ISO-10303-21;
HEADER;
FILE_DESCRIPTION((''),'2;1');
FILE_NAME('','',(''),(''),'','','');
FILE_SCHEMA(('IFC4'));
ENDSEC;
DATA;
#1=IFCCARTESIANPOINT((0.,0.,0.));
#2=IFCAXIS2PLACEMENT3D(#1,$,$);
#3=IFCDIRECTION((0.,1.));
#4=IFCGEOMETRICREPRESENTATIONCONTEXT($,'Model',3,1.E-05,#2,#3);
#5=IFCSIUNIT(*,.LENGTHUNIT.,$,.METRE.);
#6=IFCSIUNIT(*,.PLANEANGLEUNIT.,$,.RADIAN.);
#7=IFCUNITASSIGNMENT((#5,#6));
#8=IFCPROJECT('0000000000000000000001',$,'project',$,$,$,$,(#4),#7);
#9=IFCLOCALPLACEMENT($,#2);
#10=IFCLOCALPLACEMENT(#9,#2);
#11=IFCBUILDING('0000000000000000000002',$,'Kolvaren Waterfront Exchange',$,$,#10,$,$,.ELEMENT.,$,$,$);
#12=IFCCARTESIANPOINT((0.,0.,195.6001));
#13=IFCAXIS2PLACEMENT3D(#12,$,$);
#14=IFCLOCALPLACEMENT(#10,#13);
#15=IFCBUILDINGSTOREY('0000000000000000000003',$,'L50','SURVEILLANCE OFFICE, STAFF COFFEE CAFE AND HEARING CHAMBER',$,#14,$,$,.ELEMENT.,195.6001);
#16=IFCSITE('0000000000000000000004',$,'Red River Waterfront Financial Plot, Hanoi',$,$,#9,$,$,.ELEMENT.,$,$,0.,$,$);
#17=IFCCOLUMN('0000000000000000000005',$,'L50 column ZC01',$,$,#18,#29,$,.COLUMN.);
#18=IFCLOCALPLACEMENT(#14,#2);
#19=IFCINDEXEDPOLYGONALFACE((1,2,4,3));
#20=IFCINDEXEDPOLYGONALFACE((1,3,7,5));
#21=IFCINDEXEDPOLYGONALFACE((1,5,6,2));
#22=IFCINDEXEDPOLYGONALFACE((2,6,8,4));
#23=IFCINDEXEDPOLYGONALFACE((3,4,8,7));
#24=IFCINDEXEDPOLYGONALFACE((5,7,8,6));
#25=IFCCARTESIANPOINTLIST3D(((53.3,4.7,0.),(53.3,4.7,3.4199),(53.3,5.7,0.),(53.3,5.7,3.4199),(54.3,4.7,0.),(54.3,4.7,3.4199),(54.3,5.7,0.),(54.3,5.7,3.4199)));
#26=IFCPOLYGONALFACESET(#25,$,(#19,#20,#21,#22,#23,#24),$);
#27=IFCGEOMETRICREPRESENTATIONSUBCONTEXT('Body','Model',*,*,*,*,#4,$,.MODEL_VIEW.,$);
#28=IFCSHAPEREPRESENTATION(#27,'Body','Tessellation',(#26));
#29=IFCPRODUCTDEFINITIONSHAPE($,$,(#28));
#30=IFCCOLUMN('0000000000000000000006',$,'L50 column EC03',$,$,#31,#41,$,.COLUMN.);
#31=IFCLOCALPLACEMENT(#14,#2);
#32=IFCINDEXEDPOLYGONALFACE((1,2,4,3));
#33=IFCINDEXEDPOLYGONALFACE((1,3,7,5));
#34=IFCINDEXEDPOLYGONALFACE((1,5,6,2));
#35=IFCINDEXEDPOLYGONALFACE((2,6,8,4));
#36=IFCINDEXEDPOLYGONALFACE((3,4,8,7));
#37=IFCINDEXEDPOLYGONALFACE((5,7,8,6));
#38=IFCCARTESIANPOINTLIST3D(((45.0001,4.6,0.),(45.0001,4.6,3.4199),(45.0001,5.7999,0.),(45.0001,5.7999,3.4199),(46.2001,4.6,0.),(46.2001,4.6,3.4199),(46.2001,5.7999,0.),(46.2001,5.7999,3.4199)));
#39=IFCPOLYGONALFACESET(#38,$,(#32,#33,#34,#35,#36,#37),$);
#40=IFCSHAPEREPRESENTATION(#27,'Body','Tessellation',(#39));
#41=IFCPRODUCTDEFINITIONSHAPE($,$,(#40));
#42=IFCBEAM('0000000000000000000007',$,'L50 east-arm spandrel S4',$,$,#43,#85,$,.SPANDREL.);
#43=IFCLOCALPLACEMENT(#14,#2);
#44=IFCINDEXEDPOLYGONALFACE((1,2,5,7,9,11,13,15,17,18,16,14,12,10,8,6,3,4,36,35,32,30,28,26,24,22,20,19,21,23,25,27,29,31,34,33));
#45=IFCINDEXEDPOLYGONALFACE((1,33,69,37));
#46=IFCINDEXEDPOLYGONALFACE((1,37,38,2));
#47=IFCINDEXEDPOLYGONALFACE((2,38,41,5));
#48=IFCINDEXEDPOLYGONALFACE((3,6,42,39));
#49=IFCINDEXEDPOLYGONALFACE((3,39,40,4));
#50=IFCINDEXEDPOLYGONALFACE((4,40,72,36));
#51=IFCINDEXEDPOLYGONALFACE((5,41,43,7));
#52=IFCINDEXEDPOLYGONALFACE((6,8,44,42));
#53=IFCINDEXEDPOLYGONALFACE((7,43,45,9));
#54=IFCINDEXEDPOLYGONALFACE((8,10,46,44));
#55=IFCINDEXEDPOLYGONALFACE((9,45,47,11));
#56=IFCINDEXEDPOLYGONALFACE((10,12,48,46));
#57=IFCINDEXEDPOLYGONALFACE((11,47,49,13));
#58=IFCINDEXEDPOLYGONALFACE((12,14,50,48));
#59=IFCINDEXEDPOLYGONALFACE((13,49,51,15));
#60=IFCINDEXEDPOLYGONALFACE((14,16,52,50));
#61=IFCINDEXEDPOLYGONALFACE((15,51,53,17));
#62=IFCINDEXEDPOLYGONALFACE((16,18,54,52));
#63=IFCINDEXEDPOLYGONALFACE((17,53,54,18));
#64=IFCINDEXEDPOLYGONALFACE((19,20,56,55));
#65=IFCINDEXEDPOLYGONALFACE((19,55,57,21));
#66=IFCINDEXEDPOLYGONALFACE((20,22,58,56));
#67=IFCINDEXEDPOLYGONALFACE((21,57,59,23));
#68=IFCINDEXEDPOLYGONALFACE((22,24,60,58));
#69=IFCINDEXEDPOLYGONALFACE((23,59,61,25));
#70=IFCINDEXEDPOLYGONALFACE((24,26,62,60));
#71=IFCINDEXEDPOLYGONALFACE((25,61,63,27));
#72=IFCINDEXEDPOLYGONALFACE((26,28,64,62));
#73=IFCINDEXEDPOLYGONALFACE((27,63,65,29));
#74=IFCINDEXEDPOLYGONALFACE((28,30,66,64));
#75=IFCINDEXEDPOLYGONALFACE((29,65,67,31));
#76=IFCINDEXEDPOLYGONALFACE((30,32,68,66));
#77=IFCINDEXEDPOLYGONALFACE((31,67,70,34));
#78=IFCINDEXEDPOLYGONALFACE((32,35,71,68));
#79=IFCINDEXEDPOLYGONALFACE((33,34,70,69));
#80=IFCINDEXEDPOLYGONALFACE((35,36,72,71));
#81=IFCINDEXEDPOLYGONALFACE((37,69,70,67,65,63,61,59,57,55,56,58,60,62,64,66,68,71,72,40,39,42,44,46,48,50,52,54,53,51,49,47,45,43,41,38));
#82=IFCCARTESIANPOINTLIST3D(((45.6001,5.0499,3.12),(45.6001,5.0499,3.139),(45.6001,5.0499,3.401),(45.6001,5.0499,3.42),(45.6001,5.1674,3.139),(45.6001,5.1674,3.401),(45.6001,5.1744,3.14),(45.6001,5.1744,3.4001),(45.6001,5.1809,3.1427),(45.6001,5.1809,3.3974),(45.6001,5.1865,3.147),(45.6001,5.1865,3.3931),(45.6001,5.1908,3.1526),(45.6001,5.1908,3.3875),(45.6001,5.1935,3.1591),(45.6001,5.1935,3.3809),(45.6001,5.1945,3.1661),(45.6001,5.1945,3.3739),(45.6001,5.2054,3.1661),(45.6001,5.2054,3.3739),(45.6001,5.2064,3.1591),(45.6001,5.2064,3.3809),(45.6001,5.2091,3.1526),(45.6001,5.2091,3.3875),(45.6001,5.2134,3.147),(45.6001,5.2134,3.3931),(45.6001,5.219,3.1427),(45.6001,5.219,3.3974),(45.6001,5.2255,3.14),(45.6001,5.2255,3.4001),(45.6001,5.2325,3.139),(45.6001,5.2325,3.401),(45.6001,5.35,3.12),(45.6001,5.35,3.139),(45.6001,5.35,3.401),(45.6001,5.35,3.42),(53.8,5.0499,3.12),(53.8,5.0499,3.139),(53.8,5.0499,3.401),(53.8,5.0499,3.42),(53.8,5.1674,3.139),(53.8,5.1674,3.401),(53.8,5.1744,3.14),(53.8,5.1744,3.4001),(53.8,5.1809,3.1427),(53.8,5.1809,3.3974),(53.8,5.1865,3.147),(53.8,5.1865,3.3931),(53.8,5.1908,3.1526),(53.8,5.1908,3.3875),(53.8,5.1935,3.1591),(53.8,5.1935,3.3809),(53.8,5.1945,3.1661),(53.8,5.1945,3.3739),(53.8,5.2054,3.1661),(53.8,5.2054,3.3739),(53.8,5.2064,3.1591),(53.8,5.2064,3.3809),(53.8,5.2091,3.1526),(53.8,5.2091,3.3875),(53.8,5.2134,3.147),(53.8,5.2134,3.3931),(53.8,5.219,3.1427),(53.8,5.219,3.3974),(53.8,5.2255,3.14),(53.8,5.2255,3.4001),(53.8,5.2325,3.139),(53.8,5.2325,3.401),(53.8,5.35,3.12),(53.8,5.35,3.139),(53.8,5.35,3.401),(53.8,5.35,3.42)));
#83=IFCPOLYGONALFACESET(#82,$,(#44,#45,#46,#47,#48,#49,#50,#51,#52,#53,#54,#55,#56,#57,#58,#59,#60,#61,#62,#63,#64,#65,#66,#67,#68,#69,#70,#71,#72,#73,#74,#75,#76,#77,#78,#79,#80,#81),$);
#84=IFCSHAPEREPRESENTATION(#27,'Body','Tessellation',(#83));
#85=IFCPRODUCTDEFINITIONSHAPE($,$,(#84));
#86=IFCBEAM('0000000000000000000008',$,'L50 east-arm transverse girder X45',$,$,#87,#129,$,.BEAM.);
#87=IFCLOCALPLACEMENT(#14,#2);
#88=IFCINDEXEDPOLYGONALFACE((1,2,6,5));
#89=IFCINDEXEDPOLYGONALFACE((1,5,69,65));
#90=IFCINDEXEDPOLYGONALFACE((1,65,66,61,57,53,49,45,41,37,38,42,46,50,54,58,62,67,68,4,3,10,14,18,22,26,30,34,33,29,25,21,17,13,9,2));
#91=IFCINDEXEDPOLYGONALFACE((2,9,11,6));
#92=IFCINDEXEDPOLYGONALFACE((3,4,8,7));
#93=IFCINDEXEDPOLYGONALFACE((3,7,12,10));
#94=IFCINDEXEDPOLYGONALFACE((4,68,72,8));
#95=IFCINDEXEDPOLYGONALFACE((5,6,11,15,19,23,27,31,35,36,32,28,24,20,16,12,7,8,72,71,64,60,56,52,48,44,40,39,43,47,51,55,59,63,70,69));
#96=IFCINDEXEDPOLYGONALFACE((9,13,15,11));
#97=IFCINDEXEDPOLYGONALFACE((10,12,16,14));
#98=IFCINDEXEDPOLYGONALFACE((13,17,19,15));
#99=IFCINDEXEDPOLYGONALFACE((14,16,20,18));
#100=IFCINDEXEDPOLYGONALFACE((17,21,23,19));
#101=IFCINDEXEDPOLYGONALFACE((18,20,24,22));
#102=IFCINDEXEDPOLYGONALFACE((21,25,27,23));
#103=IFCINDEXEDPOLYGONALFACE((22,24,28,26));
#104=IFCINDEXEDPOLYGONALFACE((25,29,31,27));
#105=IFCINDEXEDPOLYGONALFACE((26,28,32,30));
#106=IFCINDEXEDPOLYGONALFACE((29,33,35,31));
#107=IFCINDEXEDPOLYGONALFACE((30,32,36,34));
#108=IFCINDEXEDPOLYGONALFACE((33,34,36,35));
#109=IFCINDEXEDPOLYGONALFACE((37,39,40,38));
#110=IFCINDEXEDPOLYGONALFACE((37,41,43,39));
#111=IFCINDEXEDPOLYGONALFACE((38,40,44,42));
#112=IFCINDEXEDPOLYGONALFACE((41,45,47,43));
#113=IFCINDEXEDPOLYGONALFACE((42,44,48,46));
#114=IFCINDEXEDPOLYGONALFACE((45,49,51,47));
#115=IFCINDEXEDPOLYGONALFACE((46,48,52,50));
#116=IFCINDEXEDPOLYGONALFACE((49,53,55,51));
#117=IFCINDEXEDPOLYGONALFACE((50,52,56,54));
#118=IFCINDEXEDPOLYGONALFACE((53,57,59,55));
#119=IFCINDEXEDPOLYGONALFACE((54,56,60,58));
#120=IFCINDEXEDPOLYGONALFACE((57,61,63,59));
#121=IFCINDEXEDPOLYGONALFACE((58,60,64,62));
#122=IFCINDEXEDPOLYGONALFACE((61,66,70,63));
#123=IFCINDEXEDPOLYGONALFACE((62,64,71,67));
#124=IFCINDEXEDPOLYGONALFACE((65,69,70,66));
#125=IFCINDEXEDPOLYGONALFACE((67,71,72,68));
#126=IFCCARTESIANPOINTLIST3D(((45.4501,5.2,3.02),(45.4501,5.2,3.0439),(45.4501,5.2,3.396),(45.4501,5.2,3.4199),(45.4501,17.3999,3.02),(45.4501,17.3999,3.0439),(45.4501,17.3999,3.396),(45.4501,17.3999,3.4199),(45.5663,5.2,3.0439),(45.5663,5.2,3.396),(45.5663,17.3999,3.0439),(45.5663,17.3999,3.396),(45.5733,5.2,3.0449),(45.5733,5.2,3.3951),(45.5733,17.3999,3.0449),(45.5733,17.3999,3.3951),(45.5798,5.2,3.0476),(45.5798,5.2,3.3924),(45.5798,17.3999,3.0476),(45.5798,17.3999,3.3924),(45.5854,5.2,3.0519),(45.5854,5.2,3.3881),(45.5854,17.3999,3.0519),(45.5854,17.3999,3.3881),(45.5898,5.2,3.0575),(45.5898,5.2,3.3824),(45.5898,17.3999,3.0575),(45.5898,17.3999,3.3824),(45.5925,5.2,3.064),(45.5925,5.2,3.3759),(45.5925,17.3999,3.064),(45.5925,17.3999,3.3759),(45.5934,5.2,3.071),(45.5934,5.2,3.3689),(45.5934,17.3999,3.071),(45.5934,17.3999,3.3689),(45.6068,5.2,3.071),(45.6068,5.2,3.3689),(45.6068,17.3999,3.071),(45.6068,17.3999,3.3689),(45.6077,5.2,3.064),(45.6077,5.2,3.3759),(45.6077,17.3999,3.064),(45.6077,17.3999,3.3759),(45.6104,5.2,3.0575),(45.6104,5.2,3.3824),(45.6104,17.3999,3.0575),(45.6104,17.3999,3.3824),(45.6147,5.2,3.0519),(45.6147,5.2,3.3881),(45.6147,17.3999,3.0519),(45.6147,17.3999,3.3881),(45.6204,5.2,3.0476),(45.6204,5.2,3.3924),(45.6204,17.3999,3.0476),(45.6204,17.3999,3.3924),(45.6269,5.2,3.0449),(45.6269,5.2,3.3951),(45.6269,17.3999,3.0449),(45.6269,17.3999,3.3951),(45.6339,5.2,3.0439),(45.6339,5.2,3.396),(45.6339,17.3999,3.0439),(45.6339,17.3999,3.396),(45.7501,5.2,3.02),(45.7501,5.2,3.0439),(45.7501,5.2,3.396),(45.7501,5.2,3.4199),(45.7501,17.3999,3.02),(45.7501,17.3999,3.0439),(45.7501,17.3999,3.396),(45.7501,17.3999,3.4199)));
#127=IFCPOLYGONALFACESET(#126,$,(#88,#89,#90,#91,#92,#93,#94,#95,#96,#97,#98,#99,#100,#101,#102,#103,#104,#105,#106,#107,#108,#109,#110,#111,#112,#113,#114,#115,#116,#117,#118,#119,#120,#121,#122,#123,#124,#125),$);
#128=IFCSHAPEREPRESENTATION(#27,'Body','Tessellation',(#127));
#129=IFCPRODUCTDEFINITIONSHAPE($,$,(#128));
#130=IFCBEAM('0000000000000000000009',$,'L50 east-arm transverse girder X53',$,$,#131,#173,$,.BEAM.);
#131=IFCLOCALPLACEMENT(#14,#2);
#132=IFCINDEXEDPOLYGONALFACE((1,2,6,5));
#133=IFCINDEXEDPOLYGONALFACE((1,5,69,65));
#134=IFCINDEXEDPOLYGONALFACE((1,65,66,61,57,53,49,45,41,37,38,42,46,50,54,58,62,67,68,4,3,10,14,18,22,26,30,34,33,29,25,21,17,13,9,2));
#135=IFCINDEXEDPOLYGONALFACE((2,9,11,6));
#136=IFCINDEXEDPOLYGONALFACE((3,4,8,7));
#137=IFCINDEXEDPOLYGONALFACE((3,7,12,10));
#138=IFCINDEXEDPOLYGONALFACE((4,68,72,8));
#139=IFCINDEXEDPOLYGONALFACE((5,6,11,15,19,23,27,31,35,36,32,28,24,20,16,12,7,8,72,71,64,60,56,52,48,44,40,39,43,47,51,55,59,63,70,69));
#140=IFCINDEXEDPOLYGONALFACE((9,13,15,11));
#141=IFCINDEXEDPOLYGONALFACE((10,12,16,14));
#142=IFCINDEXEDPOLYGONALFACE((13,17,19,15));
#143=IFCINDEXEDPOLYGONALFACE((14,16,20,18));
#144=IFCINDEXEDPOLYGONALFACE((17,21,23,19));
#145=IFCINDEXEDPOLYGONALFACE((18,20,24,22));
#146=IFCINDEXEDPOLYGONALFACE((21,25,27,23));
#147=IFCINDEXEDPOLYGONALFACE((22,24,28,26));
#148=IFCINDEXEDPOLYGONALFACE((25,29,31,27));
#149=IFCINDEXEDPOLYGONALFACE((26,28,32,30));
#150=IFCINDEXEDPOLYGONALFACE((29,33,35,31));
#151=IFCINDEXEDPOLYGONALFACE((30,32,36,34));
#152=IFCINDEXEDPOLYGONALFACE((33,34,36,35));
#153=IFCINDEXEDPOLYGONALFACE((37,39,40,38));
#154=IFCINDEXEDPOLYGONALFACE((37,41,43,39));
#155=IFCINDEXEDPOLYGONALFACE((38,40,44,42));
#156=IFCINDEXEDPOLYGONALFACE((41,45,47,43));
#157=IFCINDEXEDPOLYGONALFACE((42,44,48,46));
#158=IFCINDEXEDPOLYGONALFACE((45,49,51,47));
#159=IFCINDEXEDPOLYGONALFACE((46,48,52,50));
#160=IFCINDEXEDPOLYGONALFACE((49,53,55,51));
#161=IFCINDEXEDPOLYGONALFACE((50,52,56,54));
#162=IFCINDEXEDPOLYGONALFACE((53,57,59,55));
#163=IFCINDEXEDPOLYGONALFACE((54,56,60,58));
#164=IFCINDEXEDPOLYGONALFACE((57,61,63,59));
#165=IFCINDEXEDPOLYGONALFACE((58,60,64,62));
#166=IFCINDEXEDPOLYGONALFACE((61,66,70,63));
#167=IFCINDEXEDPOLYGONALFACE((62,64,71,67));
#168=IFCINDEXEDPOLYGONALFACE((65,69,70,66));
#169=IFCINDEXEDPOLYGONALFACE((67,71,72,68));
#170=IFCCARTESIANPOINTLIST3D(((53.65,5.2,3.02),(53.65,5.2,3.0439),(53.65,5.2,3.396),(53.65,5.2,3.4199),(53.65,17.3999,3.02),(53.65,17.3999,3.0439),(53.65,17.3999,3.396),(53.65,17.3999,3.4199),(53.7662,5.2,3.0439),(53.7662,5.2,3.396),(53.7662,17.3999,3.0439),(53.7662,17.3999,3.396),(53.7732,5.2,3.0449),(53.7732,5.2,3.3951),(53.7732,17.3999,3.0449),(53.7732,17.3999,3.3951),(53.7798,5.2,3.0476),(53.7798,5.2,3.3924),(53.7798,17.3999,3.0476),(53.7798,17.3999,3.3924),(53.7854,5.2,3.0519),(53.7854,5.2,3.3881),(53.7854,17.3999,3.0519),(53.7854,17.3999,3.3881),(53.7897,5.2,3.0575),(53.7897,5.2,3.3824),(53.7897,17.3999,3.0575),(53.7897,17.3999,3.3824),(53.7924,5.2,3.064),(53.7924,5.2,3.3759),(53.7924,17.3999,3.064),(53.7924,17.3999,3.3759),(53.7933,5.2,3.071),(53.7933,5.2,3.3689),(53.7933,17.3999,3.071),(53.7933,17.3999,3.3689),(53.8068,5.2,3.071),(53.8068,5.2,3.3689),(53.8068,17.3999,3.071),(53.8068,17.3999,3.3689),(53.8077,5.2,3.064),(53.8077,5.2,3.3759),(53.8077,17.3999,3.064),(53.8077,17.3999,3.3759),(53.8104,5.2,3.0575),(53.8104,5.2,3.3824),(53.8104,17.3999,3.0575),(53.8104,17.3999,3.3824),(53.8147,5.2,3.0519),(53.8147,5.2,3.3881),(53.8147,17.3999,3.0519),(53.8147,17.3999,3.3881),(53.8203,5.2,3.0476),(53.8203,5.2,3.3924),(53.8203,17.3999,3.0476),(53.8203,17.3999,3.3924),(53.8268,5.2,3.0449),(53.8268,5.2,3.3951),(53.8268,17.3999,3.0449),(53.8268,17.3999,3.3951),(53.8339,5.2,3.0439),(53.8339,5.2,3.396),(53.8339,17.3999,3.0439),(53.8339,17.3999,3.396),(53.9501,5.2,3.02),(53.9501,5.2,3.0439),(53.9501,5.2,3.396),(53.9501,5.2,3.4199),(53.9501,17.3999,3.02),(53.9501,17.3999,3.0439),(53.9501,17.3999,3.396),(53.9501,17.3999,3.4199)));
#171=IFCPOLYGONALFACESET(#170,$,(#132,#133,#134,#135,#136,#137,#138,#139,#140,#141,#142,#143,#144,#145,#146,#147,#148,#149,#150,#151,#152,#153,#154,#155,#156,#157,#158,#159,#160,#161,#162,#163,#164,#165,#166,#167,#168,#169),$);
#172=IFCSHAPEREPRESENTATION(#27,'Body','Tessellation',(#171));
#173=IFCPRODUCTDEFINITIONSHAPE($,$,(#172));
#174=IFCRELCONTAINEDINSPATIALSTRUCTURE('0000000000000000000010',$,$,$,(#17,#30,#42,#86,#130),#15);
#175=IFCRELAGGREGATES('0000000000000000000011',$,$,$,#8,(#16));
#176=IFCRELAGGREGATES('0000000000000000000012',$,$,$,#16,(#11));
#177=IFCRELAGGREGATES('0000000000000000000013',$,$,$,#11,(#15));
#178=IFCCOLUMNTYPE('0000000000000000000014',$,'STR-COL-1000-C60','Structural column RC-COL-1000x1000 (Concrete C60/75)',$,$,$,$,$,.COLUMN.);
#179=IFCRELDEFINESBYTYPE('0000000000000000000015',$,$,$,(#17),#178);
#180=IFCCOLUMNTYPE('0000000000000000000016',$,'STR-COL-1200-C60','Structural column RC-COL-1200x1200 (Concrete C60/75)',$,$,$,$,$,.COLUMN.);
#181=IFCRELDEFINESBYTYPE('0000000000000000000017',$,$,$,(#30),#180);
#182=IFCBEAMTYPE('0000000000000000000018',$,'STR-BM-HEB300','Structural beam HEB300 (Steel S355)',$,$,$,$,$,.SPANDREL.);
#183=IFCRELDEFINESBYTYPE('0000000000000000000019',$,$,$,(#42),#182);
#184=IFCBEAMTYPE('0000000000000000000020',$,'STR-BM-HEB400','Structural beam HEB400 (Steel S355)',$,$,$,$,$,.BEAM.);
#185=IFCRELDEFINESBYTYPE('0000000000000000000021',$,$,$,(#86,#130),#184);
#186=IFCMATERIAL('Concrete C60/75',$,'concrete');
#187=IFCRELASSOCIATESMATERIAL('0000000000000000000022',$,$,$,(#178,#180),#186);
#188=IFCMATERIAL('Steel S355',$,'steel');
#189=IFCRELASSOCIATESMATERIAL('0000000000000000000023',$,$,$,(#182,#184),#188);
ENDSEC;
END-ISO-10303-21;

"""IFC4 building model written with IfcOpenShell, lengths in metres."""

from ifc_helpers import new_model, si_unit, direction, frame, origin, origin_2d, place, context, subcontext, project, spatial, rectangle, i_section, extrude, material, material_profile, profile_set, type_object, element, save


model = new_model("IFC4")

# Units and contexts
model_context = context("Model", 3, precision=1e-05, world=origin(), true_north=direction((0.0, 1.0)))
body_context = subcontext(model_context, "Body", "Model", "MODEL_VIEW")
ifc_project = project(units=[si_unit("LENGTHUNIT", "METRE"), si_unit("PLANEANGLEUNIT", "RADIAN")], contexts=[model_context])

# Site, building, storey
site_placement = place(None, origin())
site = spatial("IfcSite", under=ifc_project, at=site_placement, Name="Red River Waterfront Financial Plot, Hanoi", CompositionType="ELEMENT", RefElevation=0.0)
building_placement = place(site_placement, origin())
building = spatial("IfcBuilding", under=site, at=building_placement, Name="Kolvaren Waterfront Exchange", CompositionType="ELEMENT")
storey_placement = place(building_placement, frame((0.0, 0.0, 195.6001)))
storey = spatial("IfcBuildingStorey", under=building, at=storey_placement, Name="L50", Description="SURVEILLANCE OFFICE, STAFF COFFEE CAFE AND HEARING CHAMBER", CompositionType="ELEMENT", Elevation=195.6001)

# Columns
ifc_material_1 = material(Name="Concrete C60/75", Category="concrete")
ifc_material_profile_1 = material_profile(ifc_material_1, rectangle(XDim=1.0, YDim=1.0, at=origin_2d()), Name="RC-COL-1000x1000")
ifc_profile_set_1 = profile_set([ifc_material_profile_1], Name="Concrete C60/75")
column_type_1 = type_object("IfcColumnType", Name="STR-COL-1000-C60", Description="Structural column RC-COL-1000x1000 (Concrete C60/75)", PredefinedType="COLUMN", material=ifc_profile_set_1)
column_1_placement = place(storey_placement, frame((53.8, 5.2, 0.0), z_axis=(0.0, 0.0, 1.0), x_axis=(1.0, 0.0, 0.0)))
element("IfcColumn", 1, at=column_1_placement, inside=storey, type_object=column_type_1, Name="L50 column ZC01", PredefinedType="COLUMN", context=body_context, shape_type="SweptSolid", body=[
    extrude(rectangle(XDim=1.0, YDim=1.0, at=origin_2d()), origin(), (0.0, 0.0, 1.0), 3.4199),
])
ifc_material_profile_2 = material_profile(ifc_material_1, rectangle(XDim=1.2, YDim=1.2, at=origin_2d()), Name="RC-COL-1200x1200")
ifc_profile_set_2 = profile_set([ifc_material_profile_2], Name="Concrete C60/75")
column_type_2 = type_object("IfcColumnType", Name="STR-COL-1200-C60", Description="Structural column RC-COL-1200x1200 (Concrete C60/75)", PredefinedType="COLUMN", material=ifc_profile_set_2)
column_2_placement = place(storey_placement, frame((45.6001, 5.2, 0.0), z_axis=(0.0, 0.0, 1.0), x_axis=(1.0, 0.0, 0.0)))
element("IfcColumn", 2, at=column_2_placement, inside=storey, type_object=column_type_2, Name="L50 column EC03", PredefinedType="COLUMN", context=body_context, shape_type="SweptSolid", body=[
    extrude(rectangle(XDim=1.2, YDim=1.2, at=origin_2d()), origin(), (0.0, 0.0, 1.0), 3.4199),
])

# Beams
ifc_material_2 = material(Name="Steel S355", Category="steel")
ifc_material_profile_3 = material_profile(ifc_material_2, i_section(OverallWidth=0.3, OverallDepth=0.3, WebThickness=0.011, FlangeThickness=0.019, FilletRadius=0.0271, at=origin_2d()), Name="HEB300")
ifc_profile_set_3 = profile_set([ifc_material_profile_3], Name="Steel S355")
beam_type_1 = type_object("IfcBeamType", Name="STR-BM-HEB300", Description="Structural beam HEB300 (Steel S355)", PredefinedType="SPANDREL", material=ifc_profile_set_3)
beam_1_placement = place(storey_placement, frame((45.6001, 5.2, 3.27), z_axis=(1.0, 0.0, 0.0), x_axis=(0.0, 1.0, 0.0)))
element("IfcBeam", 3, at=beam_1_placement, inside=storey, type_object=beam_type_1, Name="L50 east-arm spandrel S4", PredefinedType="SPANDREL", context=body_context, shape_type="SweptSolid", body=[
    extrude(i_section(OverallWidth=0.3, OverallDepth=0.3, WebThickness=0.011, FlangeThickness=0.019, FilletRadius=0.0271, at=origin_2d()), origin(), (0.0, 0.0, 1.0), 8.2),
])
ifc_material_profile_4 = material_profile(ifc_material_2, i_section(OverallWidth=0.3, OverallDepth=0.3999, WebThickness=0.0134, FlangeThickness=0.0239, FilletRadius=0.0271, at=origin_2d()), Name="HEB400")
ifc_profile_set_4 = profile_set([ifc_material_profile_4], Name="Steel S355")
beam_type_2 = type_object("IfcBeamType", Name="STR-BM-HEB400", Description="Structural beam HEB400 (Steel S355)", PredefinedType="BEAM", material=ifc_profile_set_4)
for number, where, z_axis, x_axis, name in (
    (4, (45.6001, 5.2, 3.22), (0.0, 1.0, 0.0), (-1.0, 0.0, 0.0), "L50 east-arm transverse girder X45"),
    (5, (53.8, 5.2, 3.22), (0.0, 1.0, 0.0), (-1.0, 0.0, 0.0), "L50 east-arm transverse girder X53"),
):
    element("IfcBeam", number, at=place(storey_placement, frame(where, z_axis=z_axis, x_axis=x_axis)), inside=storey, type_object=beam_type_2, Name=name, PredefinedType="BEAM", context=body_context, shape_type="SweptSolid", body=[
        extrude(i_section(OverallWidth=0.3, OverallDepth=0.3999, WebThickness=0.0134, FlangeThickness=0.0239, FilletRadius=0.0271, at=origin_2d()), origin(), (0.0, 0.0, 1.0), 12.2),
    ])

save(model, "model.ifc")
